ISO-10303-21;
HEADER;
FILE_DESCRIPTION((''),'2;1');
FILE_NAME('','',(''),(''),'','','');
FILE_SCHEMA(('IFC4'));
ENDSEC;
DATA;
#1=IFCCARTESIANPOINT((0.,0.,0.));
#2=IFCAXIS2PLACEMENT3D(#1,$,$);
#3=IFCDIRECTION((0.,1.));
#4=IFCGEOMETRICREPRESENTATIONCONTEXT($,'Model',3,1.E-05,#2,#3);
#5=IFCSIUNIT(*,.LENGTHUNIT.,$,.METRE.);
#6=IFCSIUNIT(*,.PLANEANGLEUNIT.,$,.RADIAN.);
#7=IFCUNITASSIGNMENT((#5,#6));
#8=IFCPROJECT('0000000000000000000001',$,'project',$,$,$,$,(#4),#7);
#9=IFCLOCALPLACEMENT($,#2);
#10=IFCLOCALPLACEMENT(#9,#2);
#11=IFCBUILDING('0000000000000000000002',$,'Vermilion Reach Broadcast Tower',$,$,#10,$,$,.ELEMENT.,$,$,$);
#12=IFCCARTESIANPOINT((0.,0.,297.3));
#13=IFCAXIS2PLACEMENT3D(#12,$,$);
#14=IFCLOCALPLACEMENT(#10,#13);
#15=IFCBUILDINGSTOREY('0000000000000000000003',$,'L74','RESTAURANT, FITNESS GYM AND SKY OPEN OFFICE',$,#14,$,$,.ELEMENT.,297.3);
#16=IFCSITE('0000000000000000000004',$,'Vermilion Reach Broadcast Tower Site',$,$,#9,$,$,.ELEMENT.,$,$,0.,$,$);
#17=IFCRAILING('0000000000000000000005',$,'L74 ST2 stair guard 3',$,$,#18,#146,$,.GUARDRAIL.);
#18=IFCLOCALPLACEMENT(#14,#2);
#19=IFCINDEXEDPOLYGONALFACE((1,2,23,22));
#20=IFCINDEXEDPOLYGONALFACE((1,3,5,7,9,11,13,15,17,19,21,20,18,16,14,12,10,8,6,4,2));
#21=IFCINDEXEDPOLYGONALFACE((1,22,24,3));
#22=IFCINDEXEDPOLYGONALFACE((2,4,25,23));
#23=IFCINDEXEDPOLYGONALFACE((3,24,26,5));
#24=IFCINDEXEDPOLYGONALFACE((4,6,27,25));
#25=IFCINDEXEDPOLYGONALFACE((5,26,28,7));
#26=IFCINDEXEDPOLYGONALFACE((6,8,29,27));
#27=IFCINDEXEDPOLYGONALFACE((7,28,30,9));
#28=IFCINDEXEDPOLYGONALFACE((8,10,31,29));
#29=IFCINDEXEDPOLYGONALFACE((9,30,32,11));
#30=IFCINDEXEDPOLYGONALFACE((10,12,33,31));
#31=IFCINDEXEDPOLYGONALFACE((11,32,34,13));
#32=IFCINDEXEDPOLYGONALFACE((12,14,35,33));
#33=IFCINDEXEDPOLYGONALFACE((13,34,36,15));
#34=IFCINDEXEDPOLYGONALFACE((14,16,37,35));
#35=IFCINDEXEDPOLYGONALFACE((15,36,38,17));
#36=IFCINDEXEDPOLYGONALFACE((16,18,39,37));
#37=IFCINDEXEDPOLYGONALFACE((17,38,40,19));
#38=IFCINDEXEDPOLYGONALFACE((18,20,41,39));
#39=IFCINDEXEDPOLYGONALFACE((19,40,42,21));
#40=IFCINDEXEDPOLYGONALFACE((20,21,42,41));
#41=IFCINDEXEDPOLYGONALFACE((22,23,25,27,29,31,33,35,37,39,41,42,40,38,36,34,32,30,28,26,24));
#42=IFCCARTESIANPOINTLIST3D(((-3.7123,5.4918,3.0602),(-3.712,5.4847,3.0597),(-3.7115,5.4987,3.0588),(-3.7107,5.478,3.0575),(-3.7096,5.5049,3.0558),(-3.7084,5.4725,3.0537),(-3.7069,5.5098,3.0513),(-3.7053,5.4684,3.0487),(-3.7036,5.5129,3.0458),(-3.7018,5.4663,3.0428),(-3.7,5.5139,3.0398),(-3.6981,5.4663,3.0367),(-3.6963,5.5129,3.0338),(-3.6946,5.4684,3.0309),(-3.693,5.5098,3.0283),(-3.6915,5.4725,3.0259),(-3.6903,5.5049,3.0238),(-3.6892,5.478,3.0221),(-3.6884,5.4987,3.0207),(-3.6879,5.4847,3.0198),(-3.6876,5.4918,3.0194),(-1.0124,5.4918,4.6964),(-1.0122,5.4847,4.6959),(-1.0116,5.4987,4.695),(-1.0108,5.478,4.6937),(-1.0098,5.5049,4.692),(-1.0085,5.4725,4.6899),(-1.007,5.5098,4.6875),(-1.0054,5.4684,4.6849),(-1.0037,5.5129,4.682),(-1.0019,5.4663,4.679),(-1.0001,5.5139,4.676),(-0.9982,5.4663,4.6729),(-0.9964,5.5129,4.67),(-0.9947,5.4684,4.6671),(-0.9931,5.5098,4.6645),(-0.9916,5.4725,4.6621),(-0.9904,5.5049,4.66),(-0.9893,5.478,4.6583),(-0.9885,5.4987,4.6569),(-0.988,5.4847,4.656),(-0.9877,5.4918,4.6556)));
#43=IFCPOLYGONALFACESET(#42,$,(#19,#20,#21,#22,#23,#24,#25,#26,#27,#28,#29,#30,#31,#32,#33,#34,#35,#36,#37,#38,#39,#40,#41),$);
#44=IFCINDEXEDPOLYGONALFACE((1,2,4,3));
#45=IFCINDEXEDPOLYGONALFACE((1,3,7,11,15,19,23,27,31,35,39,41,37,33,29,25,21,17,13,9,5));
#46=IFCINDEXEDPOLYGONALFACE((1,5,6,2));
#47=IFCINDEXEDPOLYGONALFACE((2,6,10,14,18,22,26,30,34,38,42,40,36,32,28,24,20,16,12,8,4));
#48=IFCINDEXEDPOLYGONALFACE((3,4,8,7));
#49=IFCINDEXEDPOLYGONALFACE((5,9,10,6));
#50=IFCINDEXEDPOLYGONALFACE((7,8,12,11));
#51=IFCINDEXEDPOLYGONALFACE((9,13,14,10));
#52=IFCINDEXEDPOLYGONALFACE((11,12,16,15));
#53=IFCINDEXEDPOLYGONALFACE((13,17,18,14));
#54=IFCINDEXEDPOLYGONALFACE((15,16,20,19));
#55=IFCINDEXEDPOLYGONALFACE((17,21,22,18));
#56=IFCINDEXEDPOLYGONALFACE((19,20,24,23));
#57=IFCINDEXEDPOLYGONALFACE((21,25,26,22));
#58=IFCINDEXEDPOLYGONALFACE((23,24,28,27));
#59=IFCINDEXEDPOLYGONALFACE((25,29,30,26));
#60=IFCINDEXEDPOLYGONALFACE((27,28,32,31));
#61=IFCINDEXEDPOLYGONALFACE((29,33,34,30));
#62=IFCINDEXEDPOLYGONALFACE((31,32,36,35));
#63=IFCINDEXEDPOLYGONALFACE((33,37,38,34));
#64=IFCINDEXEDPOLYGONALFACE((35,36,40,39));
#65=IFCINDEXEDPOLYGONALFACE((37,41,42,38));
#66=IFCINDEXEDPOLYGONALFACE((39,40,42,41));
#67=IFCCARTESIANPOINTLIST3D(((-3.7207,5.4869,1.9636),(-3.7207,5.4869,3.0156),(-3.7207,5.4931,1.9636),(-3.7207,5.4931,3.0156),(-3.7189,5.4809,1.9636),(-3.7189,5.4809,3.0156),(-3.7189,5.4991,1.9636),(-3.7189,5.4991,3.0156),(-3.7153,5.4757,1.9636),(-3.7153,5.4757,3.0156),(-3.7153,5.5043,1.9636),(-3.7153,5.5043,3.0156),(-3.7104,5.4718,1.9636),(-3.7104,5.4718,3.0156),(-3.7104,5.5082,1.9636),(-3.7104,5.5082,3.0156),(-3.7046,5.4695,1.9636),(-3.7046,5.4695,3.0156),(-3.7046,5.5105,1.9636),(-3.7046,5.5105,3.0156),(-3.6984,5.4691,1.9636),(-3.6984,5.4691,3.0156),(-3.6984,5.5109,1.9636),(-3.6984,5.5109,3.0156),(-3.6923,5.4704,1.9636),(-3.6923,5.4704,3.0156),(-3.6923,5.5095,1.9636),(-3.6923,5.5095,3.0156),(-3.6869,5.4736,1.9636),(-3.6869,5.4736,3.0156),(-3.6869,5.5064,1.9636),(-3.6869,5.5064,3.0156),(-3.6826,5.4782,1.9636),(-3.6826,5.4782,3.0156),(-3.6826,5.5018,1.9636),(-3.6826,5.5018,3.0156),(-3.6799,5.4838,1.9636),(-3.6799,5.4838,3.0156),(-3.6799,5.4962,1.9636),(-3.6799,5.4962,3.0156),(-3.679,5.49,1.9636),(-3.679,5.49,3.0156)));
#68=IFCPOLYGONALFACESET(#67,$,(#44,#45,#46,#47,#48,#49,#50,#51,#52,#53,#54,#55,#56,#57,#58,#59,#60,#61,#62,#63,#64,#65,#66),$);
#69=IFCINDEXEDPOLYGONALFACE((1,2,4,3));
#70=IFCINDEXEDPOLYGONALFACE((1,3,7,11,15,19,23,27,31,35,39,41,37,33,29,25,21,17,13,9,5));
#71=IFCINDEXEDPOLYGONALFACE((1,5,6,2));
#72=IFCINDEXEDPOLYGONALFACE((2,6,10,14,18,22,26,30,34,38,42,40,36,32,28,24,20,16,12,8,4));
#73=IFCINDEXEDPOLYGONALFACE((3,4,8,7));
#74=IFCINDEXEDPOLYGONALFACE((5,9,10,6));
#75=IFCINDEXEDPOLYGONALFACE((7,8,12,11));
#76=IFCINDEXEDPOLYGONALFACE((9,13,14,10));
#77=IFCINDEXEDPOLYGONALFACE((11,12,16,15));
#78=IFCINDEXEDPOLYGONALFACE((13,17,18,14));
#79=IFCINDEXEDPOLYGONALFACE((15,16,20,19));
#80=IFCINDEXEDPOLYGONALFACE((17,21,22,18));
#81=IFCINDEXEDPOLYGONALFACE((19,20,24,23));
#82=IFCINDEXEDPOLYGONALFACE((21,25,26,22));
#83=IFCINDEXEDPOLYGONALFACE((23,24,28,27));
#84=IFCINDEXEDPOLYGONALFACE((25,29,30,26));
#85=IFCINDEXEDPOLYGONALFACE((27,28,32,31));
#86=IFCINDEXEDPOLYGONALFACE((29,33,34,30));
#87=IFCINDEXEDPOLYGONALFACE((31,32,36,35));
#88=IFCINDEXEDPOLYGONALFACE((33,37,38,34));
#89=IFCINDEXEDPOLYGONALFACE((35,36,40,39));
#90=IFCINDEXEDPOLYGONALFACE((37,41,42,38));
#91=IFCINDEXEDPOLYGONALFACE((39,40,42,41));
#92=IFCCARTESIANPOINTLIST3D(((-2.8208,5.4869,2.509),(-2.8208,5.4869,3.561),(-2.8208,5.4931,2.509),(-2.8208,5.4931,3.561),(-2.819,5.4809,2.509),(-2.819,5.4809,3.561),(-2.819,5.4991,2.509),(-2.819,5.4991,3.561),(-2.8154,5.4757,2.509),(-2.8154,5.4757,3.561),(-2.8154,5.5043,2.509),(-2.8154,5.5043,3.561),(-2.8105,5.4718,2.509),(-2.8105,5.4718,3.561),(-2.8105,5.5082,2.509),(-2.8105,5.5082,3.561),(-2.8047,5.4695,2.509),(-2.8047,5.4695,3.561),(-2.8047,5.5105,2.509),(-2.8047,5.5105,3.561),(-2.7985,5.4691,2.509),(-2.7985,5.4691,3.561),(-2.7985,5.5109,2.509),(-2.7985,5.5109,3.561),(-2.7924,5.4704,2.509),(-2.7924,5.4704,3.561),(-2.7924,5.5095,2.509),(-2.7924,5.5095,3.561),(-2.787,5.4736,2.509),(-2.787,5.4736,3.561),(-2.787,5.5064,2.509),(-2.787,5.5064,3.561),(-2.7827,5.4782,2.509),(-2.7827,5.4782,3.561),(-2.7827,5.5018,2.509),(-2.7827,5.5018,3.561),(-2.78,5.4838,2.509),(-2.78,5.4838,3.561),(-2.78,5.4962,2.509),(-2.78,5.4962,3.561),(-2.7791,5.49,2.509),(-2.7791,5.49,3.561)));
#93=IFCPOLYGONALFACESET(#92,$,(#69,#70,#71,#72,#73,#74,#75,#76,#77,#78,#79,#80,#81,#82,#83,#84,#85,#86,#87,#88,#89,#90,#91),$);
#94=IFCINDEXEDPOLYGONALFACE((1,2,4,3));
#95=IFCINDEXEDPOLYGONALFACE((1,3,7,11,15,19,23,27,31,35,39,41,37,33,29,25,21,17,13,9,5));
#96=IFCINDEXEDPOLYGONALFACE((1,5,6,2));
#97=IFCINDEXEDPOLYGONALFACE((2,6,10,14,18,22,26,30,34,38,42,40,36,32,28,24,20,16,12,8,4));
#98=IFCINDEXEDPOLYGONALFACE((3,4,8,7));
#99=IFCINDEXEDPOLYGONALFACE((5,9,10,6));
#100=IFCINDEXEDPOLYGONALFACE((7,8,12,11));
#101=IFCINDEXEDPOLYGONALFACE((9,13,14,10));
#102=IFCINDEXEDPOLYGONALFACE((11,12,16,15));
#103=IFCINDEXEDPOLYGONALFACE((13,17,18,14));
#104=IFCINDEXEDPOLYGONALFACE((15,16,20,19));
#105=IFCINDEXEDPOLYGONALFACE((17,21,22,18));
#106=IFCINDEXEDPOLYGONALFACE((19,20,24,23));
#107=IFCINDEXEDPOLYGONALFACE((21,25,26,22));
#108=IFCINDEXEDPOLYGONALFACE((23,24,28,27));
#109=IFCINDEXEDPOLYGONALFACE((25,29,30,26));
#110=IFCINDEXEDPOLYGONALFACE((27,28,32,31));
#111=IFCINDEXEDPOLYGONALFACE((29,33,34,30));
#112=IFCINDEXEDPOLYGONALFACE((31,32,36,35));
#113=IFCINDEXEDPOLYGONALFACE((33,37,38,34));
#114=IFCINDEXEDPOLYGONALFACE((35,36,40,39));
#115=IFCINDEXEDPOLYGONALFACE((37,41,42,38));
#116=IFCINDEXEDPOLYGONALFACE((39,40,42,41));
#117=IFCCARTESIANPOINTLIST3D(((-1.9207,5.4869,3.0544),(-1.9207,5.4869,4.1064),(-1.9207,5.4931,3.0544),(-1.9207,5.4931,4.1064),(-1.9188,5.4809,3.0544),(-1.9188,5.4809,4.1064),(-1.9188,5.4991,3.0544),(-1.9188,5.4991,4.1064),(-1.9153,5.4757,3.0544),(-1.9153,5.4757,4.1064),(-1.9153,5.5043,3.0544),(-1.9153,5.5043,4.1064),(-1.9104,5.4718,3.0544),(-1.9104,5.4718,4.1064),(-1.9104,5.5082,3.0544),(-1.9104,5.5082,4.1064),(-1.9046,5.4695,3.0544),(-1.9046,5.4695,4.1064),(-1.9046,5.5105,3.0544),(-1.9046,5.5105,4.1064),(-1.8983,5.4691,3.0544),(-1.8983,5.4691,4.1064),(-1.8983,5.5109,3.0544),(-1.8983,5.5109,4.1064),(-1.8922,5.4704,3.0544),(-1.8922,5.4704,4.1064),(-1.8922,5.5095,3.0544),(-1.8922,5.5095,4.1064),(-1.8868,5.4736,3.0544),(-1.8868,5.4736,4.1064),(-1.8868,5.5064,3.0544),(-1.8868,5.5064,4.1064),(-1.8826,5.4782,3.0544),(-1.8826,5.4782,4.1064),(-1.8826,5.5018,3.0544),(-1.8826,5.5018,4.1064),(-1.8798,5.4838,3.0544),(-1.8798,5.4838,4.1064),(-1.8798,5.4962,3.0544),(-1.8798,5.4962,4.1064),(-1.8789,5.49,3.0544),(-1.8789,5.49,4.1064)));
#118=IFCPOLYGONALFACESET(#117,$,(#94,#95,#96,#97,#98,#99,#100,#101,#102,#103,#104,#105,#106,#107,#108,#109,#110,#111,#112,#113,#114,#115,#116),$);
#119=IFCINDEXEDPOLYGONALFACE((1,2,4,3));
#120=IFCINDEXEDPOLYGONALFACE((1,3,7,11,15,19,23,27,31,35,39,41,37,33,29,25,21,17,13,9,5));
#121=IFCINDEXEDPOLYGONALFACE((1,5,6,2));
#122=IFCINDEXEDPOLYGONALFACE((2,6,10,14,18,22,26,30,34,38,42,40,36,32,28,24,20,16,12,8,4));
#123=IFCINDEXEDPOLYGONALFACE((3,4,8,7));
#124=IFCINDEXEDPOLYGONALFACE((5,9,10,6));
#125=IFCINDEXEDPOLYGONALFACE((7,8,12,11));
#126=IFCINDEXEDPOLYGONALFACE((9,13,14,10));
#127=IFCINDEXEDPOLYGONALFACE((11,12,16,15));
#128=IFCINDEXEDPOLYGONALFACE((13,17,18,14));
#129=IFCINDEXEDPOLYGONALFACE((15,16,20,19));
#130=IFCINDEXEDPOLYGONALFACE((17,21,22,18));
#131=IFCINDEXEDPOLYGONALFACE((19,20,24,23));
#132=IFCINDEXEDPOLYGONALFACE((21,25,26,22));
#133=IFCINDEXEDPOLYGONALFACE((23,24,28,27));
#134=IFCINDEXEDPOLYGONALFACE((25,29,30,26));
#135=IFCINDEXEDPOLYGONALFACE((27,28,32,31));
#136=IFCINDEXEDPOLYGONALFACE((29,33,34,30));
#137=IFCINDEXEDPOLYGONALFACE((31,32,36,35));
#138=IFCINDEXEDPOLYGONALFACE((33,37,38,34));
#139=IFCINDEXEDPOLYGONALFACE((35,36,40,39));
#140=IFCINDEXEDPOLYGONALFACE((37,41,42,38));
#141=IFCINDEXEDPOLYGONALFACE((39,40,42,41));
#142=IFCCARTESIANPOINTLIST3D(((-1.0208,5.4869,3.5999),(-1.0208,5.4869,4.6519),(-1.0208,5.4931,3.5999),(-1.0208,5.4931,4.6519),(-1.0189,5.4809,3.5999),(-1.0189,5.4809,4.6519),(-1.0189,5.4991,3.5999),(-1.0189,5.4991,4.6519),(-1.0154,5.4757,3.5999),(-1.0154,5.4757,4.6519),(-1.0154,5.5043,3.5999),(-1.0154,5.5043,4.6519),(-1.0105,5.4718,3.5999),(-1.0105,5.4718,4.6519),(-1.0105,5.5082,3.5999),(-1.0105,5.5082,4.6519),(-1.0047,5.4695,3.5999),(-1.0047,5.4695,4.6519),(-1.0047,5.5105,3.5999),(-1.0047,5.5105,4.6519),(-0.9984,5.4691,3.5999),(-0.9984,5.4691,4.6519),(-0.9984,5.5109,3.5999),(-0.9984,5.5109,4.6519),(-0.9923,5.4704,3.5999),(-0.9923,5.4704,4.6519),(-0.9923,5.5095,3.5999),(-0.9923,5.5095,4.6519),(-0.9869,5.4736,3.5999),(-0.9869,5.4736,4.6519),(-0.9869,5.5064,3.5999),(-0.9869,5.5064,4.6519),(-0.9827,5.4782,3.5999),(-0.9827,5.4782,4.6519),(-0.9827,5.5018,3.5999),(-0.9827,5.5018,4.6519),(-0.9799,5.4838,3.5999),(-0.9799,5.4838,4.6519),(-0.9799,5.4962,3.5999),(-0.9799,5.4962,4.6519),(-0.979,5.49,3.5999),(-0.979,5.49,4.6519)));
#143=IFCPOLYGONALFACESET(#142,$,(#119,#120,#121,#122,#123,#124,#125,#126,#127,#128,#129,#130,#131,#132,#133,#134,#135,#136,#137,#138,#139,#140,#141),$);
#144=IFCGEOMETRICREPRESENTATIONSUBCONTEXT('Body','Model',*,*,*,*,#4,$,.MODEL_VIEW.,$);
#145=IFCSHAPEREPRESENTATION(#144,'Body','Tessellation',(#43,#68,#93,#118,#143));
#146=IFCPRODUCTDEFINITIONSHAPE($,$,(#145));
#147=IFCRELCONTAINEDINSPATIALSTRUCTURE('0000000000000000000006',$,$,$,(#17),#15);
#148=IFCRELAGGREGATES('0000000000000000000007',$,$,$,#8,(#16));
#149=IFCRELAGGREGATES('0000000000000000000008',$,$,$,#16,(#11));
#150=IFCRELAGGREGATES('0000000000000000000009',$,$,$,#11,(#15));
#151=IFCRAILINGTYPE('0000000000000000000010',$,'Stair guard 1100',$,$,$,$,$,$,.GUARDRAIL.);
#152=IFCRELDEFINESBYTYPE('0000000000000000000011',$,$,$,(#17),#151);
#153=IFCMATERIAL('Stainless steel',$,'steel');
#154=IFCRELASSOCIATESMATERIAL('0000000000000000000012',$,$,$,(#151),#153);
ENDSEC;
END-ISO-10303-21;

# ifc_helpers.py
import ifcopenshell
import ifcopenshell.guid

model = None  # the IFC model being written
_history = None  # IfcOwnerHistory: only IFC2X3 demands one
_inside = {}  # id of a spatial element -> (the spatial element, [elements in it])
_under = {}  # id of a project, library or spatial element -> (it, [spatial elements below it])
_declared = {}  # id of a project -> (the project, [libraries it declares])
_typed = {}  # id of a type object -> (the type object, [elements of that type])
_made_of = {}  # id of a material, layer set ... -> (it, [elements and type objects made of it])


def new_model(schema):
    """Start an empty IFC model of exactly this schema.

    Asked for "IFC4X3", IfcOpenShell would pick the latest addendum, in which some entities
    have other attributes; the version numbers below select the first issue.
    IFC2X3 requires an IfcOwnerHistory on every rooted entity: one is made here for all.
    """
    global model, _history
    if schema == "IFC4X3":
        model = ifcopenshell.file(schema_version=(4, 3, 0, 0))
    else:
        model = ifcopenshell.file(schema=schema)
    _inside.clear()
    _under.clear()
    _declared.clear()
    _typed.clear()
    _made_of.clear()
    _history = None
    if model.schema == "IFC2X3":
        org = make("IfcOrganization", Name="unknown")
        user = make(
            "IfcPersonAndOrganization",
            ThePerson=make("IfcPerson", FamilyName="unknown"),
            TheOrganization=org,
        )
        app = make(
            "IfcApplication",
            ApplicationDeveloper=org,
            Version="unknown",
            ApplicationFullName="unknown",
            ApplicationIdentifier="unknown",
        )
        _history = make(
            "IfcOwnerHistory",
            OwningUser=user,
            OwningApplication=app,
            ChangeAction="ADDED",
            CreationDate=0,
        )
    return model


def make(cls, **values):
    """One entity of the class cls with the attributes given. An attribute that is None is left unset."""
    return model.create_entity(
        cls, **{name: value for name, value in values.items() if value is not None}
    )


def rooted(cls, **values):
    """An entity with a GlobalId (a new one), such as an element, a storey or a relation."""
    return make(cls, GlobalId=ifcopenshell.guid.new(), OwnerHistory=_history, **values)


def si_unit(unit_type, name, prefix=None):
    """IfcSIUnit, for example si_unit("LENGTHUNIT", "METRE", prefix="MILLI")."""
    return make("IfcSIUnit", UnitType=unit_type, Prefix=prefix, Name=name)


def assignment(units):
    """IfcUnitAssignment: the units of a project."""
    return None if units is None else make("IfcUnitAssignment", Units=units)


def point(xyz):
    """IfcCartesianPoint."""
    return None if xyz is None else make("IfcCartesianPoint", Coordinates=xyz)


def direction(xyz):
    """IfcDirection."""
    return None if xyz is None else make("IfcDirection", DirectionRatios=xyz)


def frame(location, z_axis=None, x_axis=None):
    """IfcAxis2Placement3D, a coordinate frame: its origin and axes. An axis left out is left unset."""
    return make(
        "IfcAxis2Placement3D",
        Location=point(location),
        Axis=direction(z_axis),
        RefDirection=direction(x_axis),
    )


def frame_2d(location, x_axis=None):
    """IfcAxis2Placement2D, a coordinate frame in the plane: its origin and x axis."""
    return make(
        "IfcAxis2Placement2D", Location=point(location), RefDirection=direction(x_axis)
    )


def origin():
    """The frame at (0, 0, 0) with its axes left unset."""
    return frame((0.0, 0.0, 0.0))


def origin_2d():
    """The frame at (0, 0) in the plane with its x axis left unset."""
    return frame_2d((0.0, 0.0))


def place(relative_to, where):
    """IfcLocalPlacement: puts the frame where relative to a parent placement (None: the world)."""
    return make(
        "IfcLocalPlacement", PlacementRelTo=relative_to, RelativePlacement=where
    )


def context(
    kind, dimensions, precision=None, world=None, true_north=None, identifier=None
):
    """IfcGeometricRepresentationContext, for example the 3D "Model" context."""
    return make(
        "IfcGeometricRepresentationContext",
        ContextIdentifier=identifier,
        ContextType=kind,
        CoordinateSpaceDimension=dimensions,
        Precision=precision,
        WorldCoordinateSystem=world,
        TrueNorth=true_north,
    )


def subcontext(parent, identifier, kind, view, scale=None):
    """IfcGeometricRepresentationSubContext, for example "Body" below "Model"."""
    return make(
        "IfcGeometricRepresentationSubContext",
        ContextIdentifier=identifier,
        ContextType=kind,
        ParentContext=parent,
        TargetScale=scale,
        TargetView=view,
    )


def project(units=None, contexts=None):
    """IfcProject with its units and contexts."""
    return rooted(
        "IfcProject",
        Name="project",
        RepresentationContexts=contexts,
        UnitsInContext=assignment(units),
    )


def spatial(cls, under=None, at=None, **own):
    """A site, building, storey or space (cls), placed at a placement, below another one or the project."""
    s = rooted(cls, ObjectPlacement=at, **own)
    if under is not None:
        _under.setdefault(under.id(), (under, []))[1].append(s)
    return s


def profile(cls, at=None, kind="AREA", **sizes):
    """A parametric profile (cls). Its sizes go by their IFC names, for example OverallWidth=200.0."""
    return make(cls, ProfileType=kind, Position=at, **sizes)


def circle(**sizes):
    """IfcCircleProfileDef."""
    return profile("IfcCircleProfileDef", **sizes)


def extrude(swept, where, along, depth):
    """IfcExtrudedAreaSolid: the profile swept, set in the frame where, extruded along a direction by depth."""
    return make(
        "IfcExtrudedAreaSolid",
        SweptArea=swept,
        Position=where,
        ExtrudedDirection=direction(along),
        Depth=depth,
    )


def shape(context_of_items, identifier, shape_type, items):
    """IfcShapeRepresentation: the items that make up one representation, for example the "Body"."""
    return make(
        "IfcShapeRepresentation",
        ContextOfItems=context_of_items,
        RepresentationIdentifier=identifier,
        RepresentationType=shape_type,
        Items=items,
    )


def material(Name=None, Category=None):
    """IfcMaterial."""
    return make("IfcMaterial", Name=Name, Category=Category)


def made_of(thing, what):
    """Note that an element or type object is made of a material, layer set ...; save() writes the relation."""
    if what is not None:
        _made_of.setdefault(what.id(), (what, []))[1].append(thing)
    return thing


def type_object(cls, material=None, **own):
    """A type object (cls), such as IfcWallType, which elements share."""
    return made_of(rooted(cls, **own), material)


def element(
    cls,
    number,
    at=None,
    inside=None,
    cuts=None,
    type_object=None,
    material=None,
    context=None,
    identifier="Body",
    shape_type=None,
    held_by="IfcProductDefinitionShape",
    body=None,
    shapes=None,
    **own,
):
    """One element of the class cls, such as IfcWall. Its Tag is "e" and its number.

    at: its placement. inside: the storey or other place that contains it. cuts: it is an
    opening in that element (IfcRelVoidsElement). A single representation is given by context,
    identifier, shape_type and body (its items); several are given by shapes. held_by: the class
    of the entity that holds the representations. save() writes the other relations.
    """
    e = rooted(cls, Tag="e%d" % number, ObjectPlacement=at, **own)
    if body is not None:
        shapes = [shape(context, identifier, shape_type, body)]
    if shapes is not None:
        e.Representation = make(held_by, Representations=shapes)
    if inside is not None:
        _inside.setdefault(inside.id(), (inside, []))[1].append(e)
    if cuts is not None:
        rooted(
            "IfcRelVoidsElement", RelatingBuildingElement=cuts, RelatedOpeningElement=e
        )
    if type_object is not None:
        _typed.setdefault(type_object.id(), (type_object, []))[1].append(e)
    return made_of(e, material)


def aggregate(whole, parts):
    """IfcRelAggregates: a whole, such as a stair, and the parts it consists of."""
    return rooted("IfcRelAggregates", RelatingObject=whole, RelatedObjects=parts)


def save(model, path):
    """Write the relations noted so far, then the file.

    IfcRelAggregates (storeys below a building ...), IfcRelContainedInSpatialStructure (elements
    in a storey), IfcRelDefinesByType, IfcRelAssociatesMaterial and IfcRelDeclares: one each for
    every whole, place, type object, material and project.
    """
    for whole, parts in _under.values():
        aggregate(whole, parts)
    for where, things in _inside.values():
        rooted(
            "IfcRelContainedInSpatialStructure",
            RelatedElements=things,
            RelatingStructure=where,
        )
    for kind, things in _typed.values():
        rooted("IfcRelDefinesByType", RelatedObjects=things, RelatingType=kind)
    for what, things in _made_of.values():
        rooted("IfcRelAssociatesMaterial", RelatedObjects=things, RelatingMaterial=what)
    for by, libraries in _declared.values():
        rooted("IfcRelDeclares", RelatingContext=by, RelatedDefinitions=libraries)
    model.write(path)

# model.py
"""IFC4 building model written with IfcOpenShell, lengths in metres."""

from ifc_helpers import new_model, si_unit, direction, frame, origin, origin_2d, place, context, subcontext, project, spatial, circle, extrude, material, type_object, element, save


model = new_model("IFC4")

# Units and contexts
model_context = context("Model", 3, precision=1e-05, world=origin(), true_north=direction((0.0, 1.0)))
body_context = subcontext(model_context, "Body", "Model", "MODEL_VIEW")
ifc_project = project(units=[si_unit("LENGTHUNIT", "METRE"), si_unit("PLANEANGLEUNIT", "RADIAN")], contexts=[model_context])

# Site, building, storey
site_placement = place(None, origin())
site = spatial("IfcSite", under=ifc_project, at=site_placement, Name="Vermilion Reach Broadcast Tower Site", CompositionType="ELEMENT", RefElevation=0.0)
building_placement = place(site_placement, origin())
building = spatial("IfcBuilding", under=site, at=building_placement, Name="Vermilion Reach Broadcast Tower", CompositionType="ELEMENT")
storey_placement = place(building_placement, frame((0.0, 0.0, 297.3)))
storey = spatial("IfcBuildingStorey", under=building, at=storey_placement, Name="L74", Description="RESTAURANT, FITNESS GYM AND SKY OPEN OFFICE", CompositionType="ELEMENT", Elevation=297.3)

# Railing
ifc_material_1 = material(Name="Stainless steel", Category="steel")
railing_type_1 = type_object("IfcRailingType", Name="Stair guard 1100", PredefinedType="GUARDRAIL", material=ifc_material_1)
railing_1_placement = place(storey_placement, frame((-3.7, 5.49, 1.9636)))
element("IfcRailing", 1, at=railing_1_placement, inside=storey, type_object=railing_type_1, Name="L74 ST2 stair guard 3", PredefinedType="GUARDRAIL", context=body_context, shape_type="SweptSolid", body=[
    extrude(circle(Radius=0.0239, at=origin_2d()), frame((0.0, 0.0, 1.0762), z_axis=(0.855212, 0.0, 0.518278), x_axis=(0.0, 1.0, 0.0)), (0.0, 0.0, 1.0), 3.157),
    extrude(circle(Radius=0.021, at=origin_2d()), origin(), (0.0, 0.0, 1.0), 1.052),
    extrude(circle(Radius=0.021, at=origin_2d()), frame((0.8999, 0.0, 0.5454)), (0.0, 0.0, 1.0), 1.052),
    extrude(circle(Radius=0.021, at=origin_2d()), frame((1.8, 0.0, 1.0908)), (0.0, 0.0, 1.0), 1.052),
    extrude(circle(Radius=0.021, at=origin_2d()), frame((2.7, 0.0, 1.6362)), (0.0, 0.0, 1.0), 1.052),
])

save(model, "model.ifc")
